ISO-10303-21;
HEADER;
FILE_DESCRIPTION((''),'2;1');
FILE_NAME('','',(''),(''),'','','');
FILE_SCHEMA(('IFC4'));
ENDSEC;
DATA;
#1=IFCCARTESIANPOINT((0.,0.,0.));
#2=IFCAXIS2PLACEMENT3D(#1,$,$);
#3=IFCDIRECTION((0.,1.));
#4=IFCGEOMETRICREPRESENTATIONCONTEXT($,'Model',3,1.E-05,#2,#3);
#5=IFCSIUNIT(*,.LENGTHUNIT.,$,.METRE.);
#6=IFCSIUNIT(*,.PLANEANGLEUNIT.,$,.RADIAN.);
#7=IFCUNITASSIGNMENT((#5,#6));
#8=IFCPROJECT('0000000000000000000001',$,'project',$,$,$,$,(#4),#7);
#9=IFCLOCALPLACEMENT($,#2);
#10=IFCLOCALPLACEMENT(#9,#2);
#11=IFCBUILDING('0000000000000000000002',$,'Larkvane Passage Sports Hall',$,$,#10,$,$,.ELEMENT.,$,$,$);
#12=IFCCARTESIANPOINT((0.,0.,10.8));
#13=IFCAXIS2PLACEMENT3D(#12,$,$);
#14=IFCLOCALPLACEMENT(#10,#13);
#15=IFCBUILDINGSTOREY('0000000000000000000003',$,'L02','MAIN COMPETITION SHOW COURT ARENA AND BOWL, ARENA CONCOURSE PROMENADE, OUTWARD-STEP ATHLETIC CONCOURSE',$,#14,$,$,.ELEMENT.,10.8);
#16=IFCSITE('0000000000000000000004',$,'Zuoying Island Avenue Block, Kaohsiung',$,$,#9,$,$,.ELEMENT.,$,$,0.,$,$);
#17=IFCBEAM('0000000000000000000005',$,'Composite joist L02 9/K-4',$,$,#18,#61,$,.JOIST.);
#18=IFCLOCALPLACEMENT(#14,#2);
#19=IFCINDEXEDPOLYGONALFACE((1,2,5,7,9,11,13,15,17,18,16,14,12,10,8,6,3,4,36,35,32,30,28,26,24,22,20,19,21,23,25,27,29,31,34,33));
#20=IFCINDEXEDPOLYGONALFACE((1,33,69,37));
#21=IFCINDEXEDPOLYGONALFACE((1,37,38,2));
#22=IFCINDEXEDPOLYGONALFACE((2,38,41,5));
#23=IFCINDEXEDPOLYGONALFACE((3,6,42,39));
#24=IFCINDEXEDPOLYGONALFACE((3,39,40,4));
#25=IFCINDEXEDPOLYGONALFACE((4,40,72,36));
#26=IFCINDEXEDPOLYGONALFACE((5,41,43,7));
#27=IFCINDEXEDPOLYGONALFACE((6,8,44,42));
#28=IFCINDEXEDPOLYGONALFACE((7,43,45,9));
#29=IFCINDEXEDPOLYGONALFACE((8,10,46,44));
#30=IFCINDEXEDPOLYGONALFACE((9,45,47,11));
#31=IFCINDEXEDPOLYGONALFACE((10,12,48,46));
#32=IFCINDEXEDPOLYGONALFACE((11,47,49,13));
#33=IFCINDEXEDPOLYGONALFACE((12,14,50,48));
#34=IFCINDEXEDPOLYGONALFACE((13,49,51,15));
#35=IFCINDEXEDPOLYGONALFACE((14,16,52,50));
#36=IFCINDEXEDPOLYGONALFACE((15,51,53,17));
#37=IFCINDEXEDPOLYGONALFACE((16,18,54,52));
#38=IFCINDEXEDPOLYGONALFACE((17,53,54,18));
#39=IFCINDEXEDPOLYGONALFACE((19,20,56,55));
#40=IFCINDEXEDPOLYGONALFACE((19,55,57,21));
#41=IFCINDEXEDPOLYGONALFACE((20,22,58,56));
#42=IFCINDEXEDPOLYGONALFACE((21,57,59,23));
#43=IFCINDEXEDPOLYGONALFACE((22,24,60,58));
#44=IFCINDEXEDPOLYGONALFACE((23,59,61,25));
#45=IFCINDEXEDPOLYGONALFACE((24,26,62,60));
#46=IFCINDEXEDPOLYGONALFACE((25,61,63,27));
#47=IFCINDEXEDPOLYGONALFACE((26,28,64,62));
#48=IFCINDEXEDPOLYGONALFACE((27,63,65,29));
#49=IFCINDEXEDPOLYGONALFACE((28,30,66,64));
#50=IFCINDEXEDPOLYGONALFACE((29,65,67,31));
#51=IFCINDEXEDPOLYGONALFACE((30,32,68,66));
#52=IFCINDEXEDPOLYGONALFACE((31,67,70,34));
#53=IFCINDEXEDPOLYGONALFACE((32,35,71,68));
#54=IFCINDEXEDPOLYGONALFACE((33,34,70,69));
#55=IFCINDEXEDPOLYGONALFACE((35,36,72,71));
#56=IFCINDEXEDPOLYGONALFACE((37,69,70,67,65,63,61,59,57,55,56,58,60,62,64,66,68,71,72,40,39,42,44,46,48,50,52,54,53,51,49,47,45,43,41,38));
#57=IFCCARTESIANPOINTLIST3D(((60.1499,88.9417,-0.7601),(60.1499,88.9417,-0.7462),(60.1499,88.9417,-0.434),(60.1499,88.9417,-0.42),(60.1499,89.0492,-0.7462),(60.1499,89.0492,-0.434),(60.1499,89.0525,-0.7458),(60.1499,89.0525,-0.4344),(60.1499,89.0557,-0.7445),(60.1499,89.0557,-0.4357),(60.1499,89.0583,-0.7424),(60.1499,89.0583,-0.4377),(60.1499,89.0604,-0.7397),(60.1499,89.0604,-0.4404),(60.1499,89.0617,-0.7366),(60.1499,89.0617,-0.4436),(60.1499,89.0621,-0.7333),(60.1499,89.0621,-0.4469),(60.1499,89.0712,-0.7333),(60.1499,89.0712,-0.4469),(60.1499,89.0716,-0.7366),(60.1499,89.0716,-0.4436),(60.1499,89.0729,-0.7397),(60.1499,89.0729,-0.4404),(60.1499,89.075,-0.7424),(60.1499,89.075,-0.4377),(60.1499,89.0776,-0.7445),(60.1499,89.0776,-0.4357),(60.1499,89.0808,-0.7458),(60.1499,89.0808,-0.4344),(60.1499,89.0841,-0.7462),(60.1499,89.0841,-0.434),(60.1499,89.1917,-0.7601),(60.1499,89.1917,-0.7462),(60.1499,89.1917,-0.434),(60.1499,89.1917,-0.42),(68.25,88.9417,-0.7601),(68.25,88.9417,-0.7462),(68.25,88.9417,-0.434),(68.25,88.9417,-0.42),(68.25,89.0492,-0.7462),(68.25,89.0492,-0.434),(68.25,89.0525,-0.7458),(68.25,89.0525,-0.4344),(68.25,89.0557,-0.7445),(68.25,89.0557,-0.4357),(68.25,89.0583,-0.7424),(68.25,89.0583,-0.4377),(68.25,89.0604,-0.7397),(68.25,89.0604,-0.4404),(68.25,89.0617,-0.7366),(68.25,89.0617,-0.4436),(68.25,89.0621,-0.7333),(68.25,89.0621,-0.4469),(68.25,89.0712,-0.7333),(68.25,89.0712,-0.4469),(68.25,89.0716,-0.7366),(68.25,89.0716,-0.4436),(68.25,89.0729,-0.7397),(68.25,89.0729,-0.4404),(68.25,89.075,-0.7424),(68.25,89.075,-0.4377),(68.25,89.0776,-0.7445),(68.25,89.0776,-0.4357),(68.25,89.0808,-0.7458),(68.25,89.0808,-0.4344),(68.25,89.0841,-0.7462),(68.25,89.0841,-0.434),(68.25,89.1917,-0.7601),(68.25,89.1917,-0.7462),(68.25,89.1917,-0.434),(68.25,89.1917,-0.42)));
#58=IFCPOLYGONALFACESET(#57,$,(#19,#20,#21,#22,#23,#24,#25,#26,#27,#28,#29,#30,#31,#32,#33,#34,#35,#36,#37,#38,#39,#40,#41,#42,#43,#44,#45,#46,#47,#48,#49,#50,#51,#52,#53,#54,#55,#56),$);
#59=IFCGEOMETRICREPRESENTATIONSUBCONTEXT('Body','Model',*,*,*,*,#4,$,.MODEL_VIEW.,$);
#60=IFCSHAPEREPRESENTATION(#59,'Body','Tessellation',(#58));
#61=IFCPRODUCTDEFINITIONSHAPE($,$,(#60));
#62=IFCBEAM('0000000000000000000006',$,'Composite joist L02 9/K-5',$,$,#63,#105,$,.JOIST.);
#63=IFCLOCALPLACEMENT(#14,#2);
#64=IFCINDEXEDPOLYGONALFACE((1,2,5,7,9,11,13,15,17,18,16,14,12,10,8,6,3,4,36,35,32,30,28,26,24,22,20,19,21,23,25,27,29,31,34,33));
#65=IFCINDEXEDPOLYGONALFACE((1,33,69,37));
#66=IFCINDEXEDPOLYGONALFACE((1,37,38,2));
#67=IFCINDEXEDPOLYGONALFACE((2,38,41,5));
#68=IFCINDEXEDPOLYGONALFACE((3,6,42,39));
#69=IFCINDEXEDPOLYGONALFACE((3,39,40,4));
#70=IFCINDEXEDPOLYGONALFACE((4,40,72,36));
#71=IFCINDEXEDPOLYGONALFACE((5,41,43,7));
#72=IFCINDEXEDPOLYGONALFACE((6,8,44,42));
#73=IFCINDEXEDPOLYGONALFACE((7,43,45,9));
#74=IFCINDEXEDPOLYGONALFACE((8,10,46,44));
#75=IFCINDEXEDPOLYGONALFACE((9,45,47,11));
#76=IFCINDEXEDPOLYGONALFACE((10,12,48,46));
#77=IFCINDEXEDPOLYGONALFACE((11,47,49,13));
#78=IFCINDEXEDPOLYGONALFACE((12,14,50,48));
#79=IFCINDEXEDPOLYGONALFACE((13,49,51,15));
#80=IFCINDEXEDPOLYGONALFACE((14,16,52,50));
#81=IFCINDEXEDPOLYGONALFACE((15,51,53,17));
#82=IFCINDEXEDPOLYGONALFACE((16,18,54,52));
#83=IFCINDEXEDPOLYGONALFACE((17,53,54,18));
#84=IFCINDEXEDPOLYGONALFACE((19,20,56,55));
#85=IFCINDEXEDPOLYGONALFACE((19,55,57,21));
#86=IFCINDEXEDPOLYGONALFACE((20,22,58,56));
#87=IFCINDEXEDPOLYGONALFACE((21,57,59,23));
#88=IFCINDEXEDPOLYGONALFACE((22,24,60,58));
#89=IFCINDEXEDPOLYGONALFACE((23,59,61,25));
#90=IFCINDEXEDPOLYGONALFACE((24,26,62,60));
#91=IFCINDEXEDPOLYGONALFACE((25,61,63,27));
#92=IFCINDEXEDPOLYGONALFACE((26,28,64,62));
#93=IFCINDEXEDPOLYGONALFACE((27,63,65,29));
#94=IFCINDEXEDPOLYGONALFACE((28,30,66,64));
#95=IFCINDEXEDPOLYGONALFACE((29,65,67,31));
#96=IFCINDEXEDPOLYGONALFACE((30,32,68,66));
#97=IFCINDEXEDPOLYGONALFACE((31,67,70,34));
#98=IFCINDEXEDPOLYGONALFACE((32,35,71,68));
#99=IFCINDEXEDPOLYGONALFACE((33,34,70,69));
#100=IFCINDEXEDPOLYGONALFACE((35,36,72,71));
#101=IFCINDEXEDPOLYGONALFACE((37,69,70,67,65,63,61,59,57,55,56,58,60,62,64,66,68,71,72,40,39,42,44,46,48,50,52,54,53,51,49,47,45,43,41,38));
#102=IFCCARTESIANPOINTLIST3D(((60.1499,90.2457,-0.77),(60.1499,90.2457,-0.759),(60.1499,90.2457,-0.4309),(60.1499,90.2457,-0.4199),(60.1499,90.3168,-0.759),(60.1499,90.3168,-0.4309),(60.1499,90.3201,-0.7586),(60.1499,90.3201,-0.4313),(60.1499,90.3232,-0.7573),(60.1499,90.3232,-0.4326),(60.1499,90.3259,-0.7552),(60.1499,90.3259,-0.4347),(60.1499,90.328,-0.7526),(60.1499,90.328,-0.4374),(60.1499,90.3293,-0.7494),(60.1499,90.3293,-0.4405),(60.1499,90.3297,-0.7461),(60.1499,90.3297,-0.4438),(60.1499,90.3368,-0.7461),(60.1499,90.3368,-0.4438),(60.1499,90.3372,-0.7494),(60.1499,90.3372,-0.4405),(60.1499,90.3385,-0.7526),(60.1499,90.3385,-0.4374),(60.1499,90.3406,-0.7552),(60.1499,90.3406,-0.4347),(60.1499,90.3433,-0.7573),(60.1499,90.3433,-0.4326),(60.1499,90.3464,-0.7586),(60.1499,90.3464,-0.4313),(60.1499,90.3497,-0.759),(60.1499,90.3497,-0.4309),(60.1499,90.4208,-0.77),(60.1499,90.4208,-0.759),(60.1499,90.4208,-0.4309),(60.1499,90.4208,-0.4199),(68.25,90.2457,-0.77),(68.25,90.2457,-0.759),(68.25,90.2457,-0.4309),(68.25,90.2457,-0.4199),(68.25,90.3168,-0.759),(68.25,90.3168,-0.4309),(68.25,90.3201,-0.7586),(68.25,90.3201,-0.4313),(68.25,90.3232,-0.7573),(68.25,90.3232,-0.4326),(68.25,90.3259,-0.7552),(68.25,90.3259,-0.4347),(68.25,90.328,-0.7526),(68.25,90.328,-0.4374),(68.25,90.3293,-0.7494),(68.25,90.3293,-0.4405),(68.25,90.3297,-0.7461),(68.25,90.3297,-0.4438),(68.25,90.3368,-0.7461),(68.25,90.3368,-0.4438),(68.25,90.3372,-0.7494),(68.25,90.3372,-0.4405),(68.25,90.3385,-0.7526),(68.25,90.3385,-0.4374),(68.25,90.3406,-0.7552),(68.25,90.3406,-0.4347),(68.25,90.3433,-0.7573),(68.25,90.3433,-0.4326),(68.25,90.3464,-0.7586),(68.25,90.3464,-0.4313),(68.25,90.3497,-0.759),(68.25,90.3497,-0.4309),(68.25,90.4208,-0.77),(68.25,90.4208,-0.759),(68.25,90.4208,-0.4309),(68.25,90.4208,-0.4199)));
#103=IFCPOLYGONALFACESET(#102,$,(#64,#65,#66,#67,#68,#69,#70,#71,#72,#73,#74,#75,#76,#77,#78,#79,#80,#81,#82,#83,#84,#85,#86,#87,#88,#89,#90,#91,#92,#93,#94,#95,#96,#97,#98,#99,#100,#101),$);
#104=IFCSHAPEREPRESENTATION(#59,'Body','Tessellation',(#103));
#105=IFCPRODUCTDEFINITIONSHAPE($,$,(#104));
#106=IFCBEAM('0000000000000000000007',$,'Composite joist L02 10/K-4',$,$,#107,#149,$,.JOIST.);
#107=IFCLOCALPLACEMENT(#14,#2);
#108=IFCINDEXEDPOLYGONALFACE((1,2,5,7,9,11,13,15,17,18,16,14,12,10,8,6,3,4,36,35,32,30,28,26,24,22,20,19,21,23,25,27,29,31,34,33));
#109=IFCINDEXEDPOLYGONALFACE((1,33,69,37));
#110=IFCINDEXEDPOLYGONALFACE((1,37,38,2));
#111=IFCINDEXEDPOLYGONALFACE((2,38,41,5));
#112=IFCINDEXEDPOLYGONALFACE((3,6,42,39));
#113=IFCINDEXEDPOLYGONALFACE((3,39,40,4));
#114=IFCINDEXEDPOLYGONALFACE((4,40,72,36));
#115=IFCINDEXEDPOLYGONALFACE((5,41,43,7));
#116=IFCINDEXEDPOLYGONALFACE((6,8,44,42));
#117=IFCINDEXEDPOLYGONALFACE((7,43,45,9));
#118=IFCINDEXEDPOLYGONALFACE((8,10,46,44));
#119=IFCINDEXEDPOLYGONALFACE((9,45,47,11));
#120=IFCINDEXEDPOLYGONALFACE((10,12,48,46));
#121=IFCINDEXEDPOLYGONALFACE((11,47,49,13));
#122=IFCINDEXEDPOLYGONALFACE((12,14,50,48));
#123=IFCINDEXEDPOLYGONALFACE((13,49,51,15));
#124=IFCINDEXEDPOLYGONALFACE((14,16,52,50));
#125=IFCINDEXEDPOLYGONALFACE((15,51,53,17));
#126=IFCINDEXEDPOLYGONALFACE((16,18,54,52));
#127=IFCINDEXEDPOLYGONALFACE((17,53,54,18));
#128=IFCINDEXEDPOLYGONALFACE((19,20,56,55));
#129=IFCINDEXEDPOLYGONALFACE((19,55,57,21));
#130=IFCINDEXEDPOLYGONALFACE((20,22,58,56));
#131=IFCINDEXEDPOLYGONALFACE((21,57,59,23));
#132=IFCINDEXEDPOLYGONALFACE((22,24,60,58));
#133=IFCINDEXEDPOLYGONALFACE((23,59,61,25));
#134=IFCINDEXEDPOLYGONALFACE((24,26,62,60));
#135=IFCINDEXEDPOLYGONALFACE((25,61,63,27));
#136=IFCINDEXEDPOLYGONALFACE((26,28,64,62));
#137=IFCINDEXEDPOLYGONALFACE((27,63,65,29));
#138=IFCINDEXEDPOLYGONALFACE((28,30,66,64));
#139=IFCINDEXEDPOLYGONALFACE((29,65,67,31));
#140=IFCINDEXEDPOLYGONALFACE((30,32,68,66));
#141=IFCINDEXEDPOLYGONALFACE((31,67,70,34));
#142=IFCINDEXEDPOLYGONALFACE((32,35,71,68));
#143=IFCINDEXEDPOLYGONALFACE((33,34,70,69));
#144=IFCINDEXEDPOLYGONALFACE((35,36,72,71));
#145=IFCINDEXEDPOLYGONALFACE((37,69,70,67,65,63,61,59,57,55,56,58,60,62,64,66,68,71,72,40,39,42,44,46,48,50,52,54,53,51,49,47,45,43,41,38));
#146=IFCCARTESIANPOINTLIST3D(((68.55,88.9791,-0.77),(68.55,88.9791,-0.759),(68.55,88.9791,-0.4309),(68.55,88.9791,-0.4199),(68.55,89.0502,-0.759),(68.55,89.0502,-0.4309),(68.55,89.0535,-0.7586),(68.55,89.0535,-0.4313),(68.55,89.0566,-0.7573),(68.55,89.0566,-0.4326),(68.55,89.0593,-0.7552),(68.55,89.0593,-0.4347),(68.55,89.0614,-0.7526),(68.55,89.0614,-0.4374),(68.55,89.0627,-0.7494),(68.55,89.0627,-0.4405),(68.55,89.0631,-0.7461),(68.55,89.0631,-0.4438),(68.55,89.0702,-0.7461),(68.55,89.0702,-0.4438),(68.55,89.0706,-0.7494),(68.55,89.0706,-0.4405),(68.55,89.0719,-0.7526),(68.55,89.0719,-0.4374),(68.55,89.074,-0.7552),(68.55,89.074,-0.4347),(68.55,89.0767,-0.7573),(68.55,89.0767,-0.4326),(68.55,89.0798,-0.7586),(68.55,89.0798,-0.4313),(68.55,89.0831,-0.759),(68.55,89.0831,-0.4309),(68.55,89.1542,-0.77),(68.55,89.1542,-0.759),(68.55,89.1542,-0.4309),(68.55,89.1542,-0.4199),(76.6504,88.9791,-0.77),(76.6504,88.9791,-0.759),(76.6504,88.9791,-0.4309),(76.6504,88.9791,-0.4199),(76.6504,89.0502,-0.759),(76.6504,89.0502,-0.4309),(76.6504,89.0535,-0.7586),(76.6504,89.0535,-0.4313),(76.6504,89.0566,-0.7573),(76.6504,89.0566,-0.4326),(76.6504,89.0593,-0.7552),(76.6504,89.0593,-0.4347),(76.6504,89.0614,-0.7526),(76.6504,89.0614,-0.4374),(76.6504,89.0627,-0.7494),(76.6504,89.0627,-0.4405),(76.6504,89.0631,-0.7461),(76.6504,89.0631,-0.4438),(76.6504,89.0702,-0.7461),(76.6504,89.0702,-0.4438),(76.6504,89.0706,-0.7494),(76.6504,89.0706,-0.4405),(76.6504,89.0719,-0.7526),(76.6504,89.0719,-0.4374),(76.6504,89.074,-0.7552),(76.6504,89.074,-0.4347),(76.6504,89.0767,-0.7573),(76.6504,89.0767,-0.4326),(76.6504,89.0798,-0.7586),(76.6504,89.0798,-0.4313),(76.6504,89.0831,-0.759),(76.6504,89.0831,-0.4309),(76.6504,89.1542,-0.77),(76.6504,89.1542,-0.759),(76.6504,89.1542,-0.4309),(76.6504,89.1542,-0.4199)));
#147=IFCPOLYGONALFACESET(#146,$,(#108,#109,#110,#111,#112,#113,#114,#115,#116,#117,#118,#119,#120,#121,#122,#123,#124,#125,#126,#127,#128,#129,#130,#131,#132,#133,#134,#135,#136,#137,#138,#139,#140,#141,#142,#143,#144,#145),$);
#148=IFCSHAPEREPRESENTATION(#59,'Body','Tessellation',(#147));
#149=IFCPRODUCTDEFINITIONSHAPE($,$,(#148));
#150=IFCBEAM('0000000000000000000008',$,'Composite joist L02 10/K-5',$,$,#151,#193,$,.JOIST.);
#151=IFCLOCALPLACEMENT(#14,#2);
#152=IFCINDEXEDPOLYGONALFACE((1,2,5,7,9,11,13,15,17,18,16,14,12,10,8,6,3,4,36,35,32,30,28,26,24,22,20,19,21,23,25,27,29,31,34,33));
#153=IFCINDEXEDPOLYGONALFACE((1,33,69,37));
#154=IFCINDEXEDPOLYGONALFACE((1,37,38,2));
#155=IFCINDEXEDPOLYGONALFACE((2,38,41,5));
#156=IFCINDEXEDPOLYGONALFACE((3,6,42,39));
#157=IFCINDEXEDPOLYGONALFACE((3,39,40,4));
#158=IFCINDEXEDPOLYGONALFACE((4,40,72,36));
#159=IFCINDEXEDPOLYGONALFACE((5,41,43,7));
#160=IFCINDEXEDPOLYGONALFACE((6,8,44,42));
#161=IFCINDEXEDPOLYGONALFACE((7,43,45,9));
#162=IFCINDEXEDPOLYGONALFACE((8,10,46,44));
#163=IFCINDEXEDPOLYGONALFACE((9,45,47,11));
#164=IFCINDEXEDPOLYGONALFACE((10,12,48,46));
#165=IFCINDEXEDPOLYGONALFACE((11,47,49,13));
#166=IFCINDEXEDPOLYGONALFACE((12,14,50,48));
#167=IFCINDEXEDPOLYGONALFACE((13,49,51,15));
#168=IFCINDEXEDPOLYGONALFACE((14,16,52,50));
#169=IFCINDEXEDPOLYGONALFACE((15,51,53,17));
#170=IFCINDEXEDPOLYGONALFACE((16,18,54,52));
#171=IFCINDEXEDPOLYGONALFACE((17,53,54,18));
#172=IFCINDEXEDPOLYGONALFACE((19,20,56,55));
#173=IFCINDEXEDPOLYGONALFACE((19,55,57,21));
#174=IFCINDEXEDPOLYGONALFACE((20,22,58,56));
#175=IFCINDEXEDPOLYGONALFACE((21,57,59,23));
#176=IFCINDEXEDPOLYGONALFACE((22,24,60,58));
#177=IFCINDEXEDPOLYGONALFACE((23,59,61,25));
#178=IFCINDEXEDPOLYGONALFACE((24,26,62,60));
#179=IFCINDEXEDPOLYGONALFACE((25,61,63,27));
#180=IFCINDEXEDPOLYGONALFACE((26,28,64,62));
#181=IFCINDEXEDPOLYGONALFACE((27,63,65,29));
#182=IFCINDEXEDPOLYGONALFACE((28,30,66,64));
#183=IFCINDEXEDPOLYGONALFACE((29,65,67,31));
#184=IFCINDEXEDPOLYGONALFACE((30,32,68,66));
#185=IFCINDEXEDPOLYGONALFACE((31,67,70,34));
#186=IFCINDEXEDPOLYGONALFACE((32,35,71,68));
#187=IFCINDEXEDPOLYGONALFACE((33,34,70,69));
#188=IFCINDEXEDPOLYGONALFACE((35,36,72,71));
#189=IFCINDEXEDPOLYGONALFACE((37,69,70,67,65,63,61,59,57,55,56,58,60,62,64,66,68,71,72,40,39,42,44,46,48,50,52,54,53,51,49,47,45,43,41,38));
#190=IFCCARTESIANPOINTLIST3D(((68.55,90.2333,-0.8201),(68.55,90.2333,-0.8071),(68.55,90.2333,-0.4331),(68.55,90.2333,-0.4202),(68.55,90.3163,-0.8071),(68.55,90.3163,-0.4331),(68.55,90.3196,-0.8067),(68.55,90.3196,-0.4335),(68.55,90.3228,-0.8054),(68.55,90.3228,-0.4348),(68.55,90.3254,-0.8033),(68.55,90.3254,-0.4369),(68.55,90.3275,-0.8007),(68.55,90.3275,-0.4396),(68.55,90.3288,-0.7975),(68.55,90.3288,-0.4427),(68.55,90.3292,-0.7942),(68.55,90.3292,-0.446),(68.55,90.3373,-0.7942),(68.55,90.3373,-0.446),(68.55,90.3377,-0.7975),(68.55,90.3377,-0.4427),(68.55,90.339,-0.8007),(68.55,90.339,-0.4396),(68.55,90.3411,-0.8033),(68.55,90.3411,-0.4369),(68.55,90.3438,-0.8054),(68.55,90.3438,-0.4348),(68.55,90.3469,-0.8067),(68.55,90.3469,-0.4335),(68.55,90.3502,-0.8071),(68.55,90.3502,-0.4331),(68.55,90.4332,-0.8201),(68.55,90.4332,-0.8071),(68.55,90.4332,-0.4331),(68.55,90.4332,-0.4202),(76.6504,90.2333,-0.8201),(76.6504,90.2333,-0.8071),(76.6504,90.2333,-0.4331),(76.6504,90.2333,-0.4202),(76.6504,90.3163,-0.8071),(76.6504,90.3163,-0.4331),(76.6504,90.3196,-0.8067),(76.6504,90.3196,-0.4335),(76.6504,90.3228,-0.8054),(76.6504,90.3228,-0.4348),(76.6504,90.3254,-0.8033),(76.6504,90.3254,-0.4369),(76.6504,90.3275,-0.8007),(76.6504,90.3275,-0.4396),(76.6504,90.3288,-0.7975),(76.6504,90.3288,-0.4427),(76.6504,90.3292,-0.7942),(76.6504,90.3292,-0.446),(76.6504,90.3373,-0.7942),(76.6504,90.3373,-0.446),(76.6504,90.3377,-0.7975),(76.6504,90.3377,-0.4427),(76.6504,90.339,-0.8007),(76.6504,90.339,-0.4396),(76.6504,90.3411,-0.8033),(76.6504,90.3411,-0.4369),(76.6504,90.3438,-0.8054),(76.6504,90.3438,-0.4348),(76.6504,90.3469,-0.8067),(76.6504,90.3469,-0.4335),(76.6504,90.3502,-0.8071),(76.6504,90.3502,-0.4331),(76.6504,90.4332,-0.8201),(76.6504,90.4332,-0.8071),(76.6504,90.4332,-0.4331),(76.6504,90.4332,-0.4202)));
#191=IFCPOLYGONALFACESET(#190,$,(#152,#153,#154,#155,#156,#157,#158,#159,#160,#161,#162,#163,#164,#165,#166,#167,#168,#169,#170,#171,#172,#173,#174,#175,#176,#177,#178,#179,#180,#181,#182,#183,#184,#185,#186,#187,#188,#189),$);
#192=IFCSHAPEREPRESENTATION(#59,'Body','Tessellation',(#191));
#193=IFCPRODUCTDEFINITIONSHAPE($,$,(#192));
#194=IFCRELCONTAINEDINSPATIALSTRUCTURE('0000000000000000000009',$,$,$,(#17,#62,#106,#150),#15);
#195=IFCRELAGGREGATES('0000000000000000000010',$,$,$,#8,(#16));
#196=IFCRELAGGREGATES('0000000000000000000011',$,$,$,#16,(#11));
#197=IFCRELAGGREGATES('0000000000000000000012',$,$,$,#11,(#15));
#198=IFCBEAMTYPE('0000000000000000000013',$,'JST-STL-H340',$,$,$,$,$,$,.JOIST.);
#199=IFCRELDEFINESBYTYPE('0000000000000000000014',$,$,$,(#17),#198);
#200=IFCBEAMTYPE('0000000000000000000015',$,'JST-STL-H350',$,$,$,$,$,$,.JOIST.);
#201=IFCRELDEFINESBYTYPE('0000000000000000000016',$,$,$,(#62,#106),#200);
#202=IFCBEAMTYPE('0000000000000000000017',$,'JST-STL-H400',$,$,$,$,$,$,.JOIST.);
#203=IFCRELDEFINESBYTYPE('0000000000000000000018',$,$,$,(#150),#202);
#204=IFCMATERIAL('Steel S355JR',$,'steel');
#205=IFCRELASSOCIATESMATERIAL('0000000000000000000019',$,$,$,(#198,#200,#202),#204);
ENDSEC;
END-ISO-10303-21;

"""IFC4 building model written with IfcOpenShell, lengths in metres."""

from ifc_helpers import new_model, si_unit, direction, frame, origin, origin_2d, place, context, subcontext, project, spatial, i_section, extrude, material, material_profile, profile_set, type_object, element, save


model = new_model("IFC4")

# Units and contexts
model_context = context("Model", 3, precision=1e-05, world=origin(), true_north=direction((0.0, 1.0)))
body_context = subcontext(model_context, "Body", "Model", "MODEL_VIEW")
ifc_project = project(units=[si_unit("LENGTHUNIT", "METRE"), si_unit("PLANEANGLEUNIT", "RADIAN")], contexts=[model_context])

# Site, building, storey
site_placement = place(None, origin())
site = spatial("IfcSite", under=ifc_project, at=site_placement, Name="Zuoying Island Avenue Block, Kaohsiung", CompositionType="ELEMENT", RefElevation=0.0)
building_placement = place(site_placement, origin())
building = spatial("IfcBuilding", under=site, at=building_placement, Name="Larkvane Passage Sports Hall", CompositionType="ELEMENT")
storey_placement = place(building_placement, frame((0.0, 0.0, 10.8)))
storey = spatial("IfcBuildingStorey", under=building, at=storey_placement, Name="L02", Description="MAIN COMPETITION SHOW COURT ARENA AND BOWL, ARENA CONCOURSE PROMENADE, OUTWARD-STEP ATHLETIC CONCOURSE", CompositionType="ELEMENT", Elevation=10.8)

# Beams
ifc_material_1 = material(Name="Steel S355JR", Category="steel")
ifc_material_profile_1 = material_profile(ifc_material_1, i_section(OverallWidth=0.25, OverallDepth=0.3401, WebThickness=0.009, FlangeThickness=0.0139, FilletRadius=0.0129, at=origin_2d()), Name="H-340x250x9x14")
ifc_profile_set_1 = profile_set([ifc_material_profile_1], Name="Steel S355JR")
beam_type_1 = type_object("IfcBeamType", Name="JST-STL-H340", PredefinedType="JOIST", material=ifc_profile_set_1)
for number, where, z_axis, x_axis, name in (
    (1, (60.1499, 89.0667, -0.5901), (1.0, 0.0, 0.0), (0.0, 1.0, 0.0), "Composite joist L02 9/K-4"),
):
    element("IfcBeam", number, at=place(storey_placement, frame(where, z_axis=z_axis, x_axis=x_axis)), inside=storey, type_object=beam_type_1, Name=name, PredefinedType="JOIST", context=body_context, shape_type="SweptSolid", body=[
        extrude(i_section(OverallWidth=0.25, OverallDepth=0.3401, WebThickness=0.009, FlangeThickness=0.0139, FilletRadius=0.0129, at=origin_2d()), origin(), (0.0, 0.0, 1.0), 8.1001),
    ])
ifc_material_profile_2 = material_profile(ifc_material_1, i_section(OverallWidth=0.175, OverallDepth=0.3501, WebThickness=0.0071, FlangeThickness=0.011, FilletRadius=0.0129, at=origin_2d()), Name="H-350x175x7x11")
ifc_profile_set_2 = profile_set([ifc_material_profile_2], Name="Steel S355JR")
beam_type_2 = type_object("IfcBeamType", Name="JST-STL-H350", PredefinedType="JOIST", material=ifc_profile_set_2)
beam_1_placement = place(storey_placement, frame((60.1499, 90.3333, -0.595), z_axis=(1.0, 0.0, 0.0), x_axis=(0.0, 1.0, 0.0)))
element("IfcBeam", 2, at=beam_1_placement, inside=storey, type_object=beam_type_2, Name="Composite joist L02 9/K-5", PredefinedType="JOIST", context=body_context, shape_type="SweptSolid", body=[
    extrude(i_section(OverallWidth=0.175, OverallDepth=0.3501, WebThickness=0.0071, FlangeThickness=0.011, FilletRadius=0.0129, at=origin_2d()), origin(), (0.0, 0.0, 1.0), 8.1001),
])
beam_2_placement = place(storey_placement, frame((68.55, 89.0667, -0.595), z_axis=(1.0, 0.0, 0.0), x_axis=(0.0, 1.0, 0.0)))
element("IfcBeam", 3, at=beam_2_placement, inside=storey, type_object=beam_type_2, Name="Composite joist L02 10/K-4", PredefinedType="JOIST", context=body_context, shape_type="SweptSolid", body=[
    extrude(i_section(OverallWidth=0.175, OverallDepth=0.3501, WebThickness=0.0071, FlangeThickness=0.011, FilletRadius=0.0129, at=origin_2d()), origin(), (0.0, 0.0, 1.0), 8.1003),
])
ifc_material_profile_3 = material_profile(ifc_material_1, i_section(OverallWidth=0.2, OverallDepth=0.3999, WebThickness=0.0081, FlangeThickness=0.0129, FilletRadius=0.0129, at=origin_2d()), Name="H-400x200x8x13")
ifc_profile_set_3 = profile_set([ifc_material_profile_3], Name="Steel S355JR")
beam_type_3 = type_object("IfcBeamType", Name="JST-STL-H400", PredefinedType="JOIST", material=ifc_profile_set_3)
beam_3_placement = place(storey_placement, frame((68.55, 90.3333, -0.6201), z_axis=(1.0, 0.0, 0.0), x_axis=(0.0, 1.0, 0.0)))
element("IfcBeam", 4, at=beam_3_placement, inside=storey, type_object=beam_type_3, Name="Composite joist L02 10/K-5", PredefinedType="JOIST", context=body_context, shape_type="SweptSolid", body=[
    extrude(i_section(OverallWidth=0.2, OverallDepth=0.3999, WebThickness=0.0081, FlangeThickness=0.0129, FilletRadius=0.0129, at=origin_2d()), origin(), (0.0, 0.0, 1.0), 8.1003),
])

save(model, "model.ifc")
